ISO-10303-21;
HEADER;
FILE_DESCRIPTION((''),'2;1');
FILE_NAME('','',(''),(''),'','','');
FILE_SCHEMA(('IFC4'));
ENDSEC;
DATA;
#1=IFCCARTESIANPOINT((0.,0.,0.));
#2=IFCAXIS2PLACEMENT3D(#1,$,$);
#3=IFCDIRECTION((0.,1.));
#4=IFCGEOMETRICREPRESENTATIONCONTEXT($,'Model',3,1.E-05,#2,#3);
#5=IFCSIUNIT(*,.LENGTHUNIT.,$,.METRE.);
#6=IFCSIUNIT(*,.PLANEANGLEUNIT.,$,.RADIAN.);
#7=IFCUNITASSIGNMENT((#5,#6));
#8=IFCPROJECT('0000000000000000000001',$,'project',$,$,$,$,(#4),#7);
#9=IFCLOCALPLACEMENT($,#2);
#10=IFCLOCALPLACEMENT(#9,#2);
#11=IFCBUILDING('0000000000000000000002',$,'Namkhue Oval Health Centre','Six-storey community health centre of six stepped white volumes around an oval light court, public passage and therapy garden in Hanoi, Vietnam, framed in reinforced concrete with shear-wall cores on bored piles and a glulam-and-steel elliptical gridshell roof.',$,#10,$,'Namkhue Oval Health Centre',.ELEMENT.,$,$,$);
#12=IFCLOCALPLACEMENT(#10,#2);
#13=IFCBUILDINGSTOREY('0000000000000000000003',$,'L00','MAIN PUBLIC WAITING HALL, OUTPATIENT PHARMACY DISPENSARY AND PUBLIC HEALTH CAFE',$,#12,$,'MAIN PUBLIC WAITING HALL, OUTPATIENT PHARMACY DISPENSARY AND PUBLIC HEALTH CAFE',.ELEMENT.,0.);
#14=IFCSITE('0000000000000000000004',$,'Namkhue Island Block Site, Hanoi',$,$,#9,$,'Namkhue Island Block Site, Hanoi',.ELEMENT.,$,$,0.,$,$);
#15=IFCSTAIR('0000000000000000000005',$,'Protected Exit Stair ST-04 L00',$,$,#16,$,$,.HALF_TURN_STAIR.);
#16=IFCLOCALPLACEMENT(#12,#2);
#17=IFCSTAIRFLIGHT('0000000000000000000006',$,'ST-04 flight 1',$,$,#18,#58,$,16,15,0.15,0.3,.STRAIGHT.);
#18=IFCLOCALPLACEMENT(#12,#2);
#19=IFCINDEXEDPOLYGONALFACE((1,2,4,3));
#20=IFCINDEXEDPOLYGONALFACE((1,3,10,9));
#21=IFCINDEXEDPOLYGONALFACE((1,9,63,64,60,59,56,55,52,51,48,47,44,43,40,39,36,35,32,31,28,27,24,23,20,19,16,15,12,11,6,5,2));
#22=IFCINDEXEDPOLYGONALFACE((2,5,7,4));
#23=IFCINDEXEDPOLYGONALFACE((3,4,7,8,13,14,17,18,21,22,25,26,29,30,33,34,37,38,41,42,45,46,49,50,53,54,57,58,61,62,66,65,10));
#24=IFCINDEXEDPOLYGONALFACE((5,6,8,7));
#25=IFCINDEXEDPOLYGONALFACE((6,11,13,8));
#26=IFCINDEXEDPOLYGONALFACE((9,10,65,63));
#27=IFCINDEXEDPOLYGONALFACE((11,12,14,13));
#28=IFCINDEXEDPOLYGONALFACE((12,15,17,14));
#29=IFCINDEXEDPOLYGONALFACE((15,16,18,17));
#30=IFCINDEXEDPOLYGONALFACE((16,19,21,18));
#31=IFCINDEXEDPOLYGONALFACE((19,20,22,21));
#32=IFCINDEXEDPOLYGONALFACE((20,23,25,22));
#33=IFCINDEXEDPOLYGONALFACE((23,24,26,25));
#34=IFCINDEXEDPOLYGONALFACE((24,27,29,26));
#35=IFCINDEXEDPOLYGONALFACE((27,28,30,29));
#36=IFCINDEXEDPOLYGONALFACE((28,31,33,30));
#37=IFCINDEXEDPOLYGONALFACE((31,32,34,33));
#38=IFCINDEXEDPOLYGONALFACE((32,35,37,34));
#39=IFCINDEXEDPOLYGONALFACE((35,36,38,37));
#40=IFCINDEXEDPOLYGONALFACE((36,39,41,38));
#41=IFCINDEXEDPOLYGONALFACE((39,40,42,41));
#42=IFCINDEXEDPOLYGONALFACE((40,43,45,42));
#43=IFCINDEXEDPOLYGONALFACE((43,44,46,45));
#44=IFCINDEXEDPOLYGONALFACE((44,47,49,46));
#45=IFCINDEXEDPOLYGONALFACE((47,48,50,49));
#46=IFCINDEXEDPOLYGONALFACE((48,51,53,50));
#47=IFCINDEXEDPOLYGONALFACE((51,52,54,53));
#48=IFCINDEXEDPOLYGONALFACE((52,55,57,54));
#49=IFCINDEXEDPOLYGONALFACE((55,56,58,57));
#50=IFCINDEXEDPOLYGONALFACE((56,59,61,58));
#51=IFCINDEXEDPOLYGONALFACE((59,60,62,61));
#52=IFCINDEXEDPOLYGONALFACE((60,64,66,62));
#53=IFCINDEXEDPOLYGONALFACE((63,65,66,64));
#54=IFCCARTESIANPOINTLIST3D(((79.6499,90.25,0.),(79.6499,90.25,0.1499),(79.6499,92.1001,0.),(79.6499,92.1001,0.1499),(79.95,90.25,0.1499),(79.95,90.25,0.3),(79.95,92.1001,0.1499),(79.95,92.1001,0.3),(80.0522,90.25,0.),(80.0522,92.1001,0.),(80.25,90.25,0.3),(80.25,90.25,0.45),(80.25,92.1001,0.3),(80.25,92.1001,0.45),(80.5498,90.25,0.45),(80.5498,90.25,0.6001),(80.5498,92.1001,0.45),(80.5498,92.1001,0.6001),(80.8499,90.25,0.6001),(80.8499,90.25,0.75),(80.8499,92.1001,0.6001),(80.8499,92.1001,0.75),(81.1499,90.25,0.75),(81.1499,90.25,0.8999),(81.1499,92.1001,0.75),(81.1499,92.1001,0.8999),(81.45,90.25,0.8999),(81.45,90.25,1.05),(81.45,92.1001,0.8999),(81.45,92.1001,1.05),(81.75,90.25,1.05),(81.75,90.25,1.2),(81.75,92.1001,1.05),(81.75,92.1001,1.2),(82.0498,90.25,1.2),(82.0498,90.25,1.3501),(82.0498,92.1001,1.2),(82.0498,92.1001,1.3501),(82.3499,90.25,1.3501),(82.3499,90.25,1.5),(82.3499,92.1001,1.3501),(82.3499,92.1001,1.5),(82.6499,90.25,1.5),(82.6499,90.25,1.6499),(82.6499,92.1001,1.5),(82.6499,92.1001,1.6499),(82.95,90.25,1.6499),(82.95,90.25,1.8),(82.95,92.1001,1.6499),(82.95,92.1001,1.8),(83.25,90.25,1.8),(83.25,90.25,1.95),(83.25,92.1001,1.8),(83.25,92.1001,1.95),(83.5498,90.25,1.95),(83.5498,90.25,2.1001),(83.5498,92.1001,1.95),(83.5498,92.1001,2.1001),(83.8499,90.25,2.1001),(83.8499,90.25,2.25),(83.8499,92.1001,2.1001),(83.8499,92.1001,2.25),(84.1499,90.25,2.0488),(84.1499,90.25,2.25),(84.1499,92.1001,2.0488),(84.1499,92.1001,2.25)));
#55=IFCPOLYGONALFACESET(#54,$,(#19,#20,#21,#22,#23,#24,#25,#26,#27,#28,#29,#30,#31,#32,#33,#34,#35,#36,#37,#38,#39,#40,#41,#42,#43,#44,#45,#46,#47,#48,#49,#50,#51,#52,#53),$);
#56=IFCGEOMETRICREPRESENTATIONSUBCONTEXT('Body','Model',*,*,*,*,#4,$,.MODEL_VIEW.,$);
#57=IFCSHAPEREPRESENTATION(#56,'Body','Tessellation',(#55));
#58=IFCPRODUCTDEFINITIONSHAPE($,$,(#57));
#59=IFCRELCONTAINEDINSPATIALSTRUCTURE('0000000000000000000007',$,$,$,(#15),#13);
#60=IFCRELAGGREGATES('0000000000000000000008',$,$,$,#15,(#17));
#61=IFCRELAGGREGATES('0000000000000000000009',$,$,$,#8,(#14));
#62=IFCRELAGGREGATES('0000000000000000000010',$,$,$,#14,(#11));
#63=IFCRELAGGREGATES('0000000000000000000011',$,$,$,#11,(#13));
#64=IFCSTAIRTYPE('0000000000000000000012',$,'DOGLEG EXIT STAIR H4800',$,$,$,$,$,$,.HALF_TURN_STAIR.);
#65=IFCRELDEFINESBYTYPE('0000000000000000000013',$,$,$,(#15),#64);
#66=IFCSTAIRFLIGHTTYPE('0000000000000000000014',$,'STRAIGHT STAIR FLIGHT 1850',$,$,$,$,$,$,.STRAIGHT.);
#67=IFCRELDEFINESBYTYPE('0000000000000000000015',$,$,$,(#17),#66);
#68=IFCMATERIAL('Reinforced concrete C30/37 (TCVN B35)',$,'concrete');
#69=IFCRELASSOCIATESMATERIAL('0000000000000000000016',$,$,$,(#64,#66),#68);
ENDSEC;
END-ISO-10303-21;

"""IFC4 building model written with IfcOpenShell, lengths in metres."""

from ifc_helpers import new_model, si_unit, direction, frame, origin, place, context, subcontext, project, spatial, polyline, outline, extrude, material, type_object, element, aggregate, save


model = new_model("IFC4")

# Units and contexts
model_context = context("Model", 3, precision=1e-05, world=origin(), true_north=direction((0.0, 1.0)))
body_context = subcontext(model_context, "Body", "Model", "MODEL_VIEW")
ifc_project = project(units=[si_unit("LENGTHUNIT", "METRE"), si_unit("PLANEANGLEUNIT", "RADIAN")], contexts=[model_context])

# Site, building, storey
site_placement = place(None, origin())
site = spatial("IfcSite", under=ifc_project, at=site_placement, Name="Namkhue Island Block Site, Hanoi", LongName="Namkhue Island Block Site, Hanoi", CompositionType="ELEMENT", RefElevation=0.0)
building_placement = place(site_placement, origin())
building = spatial("IfcBuilding", under=site, at=building_placement, Name="Namkhue Oval Health Centre", Description="Six-storey community health centre of six stepped white volumes around an oval light court, public passage and therapy garden in Hanoi, Vietnam, framed in reinforced concrete with shear-wall cores on bored piles and a glulam-and-steel elliptical gridshell roof.", LongName="Namkhue Oval Health Centre", CompositionType="ELEMENT")
storey_placement = place(building_placement, origin())
storey = spatial("IfcBuildingStorey", under=building, at=storey_placement, Name="L00", Description="MAIN PUBLIC WAITING HALL, OUTPATIENT PHARMACY DISPENSARY AND PUBLIC HEALTH CAFE", LongName="MAIN PUBLIC WAITING HALL, OUTPATIENT PHARMACY DISPENSARY AND PUBLIC HEALTH CAFE", CompositionType="ELEMENT", Elevation=0.0)

# Shared definitions
ifc_material_1 = material(Name="Reinforced concrete C30/37 (TCVN B35)", Category="concrete")

# Stair, stair flight
stair_type = type_object("IfcStairType", Name="DOGLEG EXIT STAIR H4800", PredefinedType="HALF_TURN_STAIR", material=ifc_material_1)
stair_placement = place(storey_placement, origin())
stair = element("IfcStair", 1, at=stair_placement, inside=storey, type_object=stair_type, Name="Protected Exit Stair ST-04 L00", PredefinedType="HALF_TURN_STAIR")
stair_flight_type = type_object("IfcStairFlightType", Name="STRAIGHT STAIR FLIGHT 1850", PredefinedType="STRAIGHT", material=ifc_material_1)
stair_flight_placement = place(storey_placement, frame((79.6499, 91.175, 0.0), z_axis=(0.0, 0.0, 1.0), x_axis=(1.0, 0.0, 0.0)))
stair_flight = element("IfcStairFlight", 2, at=stair_flight_placement, type_object=stair_flight_type, Name="ST-04 flight 1", NumberOfRisers=16, NumberOfTreads=15, PredefinedType="STRAIGHT", RiserHeight=0.15, TreadLength=0.3, context=body_context, shape_type="SweptSolid", body=[
    extrude(outline(polyline([(0.0, 0.0), (0.0, 0.1499), (0.3, 0.1499), (0.3, 0.3), (0.6001, 0.3), (0.6001, 0.45), (0.8999, 0.45), (0.8999, 0.6001), (1.2, 0.6001), (1.2, 0.75), (1.5, 0.75), (1.5, 0.8999), (1.8, 0.8999), (1.8, 1.05), (2.1001, 1.05), (2.1001, 1.2), (2.3999, 1.2), (2.3999, 1.3501), (2.7, 1.3501), (2.7, 1.5), (3.0, 1.5), (3.0, 1.6499), (3.3, 1.6499), (3.3, 1.8), (3.6001, 1.8), (3.6001, 1.95), (3.8999, 1.95), (3.8999, 2.1001), (4.2, 2.1001), (4.2, 2.25), (4.5, 2.25), (4.5, 2.3999), (4.5, 2.0488), (0.4023, 0.0), (0.0, 0.0)])), frame((0.0, 0.925, 0.0), z_axis=(0.0, -1.0, 0.0), x_axis=(1.0, 0.0, 0.0)), (0.0, 0.0, 1.0), 1.8501),
])
aggregate(stair, [stair_flight])

save(model, "model.ifc")
